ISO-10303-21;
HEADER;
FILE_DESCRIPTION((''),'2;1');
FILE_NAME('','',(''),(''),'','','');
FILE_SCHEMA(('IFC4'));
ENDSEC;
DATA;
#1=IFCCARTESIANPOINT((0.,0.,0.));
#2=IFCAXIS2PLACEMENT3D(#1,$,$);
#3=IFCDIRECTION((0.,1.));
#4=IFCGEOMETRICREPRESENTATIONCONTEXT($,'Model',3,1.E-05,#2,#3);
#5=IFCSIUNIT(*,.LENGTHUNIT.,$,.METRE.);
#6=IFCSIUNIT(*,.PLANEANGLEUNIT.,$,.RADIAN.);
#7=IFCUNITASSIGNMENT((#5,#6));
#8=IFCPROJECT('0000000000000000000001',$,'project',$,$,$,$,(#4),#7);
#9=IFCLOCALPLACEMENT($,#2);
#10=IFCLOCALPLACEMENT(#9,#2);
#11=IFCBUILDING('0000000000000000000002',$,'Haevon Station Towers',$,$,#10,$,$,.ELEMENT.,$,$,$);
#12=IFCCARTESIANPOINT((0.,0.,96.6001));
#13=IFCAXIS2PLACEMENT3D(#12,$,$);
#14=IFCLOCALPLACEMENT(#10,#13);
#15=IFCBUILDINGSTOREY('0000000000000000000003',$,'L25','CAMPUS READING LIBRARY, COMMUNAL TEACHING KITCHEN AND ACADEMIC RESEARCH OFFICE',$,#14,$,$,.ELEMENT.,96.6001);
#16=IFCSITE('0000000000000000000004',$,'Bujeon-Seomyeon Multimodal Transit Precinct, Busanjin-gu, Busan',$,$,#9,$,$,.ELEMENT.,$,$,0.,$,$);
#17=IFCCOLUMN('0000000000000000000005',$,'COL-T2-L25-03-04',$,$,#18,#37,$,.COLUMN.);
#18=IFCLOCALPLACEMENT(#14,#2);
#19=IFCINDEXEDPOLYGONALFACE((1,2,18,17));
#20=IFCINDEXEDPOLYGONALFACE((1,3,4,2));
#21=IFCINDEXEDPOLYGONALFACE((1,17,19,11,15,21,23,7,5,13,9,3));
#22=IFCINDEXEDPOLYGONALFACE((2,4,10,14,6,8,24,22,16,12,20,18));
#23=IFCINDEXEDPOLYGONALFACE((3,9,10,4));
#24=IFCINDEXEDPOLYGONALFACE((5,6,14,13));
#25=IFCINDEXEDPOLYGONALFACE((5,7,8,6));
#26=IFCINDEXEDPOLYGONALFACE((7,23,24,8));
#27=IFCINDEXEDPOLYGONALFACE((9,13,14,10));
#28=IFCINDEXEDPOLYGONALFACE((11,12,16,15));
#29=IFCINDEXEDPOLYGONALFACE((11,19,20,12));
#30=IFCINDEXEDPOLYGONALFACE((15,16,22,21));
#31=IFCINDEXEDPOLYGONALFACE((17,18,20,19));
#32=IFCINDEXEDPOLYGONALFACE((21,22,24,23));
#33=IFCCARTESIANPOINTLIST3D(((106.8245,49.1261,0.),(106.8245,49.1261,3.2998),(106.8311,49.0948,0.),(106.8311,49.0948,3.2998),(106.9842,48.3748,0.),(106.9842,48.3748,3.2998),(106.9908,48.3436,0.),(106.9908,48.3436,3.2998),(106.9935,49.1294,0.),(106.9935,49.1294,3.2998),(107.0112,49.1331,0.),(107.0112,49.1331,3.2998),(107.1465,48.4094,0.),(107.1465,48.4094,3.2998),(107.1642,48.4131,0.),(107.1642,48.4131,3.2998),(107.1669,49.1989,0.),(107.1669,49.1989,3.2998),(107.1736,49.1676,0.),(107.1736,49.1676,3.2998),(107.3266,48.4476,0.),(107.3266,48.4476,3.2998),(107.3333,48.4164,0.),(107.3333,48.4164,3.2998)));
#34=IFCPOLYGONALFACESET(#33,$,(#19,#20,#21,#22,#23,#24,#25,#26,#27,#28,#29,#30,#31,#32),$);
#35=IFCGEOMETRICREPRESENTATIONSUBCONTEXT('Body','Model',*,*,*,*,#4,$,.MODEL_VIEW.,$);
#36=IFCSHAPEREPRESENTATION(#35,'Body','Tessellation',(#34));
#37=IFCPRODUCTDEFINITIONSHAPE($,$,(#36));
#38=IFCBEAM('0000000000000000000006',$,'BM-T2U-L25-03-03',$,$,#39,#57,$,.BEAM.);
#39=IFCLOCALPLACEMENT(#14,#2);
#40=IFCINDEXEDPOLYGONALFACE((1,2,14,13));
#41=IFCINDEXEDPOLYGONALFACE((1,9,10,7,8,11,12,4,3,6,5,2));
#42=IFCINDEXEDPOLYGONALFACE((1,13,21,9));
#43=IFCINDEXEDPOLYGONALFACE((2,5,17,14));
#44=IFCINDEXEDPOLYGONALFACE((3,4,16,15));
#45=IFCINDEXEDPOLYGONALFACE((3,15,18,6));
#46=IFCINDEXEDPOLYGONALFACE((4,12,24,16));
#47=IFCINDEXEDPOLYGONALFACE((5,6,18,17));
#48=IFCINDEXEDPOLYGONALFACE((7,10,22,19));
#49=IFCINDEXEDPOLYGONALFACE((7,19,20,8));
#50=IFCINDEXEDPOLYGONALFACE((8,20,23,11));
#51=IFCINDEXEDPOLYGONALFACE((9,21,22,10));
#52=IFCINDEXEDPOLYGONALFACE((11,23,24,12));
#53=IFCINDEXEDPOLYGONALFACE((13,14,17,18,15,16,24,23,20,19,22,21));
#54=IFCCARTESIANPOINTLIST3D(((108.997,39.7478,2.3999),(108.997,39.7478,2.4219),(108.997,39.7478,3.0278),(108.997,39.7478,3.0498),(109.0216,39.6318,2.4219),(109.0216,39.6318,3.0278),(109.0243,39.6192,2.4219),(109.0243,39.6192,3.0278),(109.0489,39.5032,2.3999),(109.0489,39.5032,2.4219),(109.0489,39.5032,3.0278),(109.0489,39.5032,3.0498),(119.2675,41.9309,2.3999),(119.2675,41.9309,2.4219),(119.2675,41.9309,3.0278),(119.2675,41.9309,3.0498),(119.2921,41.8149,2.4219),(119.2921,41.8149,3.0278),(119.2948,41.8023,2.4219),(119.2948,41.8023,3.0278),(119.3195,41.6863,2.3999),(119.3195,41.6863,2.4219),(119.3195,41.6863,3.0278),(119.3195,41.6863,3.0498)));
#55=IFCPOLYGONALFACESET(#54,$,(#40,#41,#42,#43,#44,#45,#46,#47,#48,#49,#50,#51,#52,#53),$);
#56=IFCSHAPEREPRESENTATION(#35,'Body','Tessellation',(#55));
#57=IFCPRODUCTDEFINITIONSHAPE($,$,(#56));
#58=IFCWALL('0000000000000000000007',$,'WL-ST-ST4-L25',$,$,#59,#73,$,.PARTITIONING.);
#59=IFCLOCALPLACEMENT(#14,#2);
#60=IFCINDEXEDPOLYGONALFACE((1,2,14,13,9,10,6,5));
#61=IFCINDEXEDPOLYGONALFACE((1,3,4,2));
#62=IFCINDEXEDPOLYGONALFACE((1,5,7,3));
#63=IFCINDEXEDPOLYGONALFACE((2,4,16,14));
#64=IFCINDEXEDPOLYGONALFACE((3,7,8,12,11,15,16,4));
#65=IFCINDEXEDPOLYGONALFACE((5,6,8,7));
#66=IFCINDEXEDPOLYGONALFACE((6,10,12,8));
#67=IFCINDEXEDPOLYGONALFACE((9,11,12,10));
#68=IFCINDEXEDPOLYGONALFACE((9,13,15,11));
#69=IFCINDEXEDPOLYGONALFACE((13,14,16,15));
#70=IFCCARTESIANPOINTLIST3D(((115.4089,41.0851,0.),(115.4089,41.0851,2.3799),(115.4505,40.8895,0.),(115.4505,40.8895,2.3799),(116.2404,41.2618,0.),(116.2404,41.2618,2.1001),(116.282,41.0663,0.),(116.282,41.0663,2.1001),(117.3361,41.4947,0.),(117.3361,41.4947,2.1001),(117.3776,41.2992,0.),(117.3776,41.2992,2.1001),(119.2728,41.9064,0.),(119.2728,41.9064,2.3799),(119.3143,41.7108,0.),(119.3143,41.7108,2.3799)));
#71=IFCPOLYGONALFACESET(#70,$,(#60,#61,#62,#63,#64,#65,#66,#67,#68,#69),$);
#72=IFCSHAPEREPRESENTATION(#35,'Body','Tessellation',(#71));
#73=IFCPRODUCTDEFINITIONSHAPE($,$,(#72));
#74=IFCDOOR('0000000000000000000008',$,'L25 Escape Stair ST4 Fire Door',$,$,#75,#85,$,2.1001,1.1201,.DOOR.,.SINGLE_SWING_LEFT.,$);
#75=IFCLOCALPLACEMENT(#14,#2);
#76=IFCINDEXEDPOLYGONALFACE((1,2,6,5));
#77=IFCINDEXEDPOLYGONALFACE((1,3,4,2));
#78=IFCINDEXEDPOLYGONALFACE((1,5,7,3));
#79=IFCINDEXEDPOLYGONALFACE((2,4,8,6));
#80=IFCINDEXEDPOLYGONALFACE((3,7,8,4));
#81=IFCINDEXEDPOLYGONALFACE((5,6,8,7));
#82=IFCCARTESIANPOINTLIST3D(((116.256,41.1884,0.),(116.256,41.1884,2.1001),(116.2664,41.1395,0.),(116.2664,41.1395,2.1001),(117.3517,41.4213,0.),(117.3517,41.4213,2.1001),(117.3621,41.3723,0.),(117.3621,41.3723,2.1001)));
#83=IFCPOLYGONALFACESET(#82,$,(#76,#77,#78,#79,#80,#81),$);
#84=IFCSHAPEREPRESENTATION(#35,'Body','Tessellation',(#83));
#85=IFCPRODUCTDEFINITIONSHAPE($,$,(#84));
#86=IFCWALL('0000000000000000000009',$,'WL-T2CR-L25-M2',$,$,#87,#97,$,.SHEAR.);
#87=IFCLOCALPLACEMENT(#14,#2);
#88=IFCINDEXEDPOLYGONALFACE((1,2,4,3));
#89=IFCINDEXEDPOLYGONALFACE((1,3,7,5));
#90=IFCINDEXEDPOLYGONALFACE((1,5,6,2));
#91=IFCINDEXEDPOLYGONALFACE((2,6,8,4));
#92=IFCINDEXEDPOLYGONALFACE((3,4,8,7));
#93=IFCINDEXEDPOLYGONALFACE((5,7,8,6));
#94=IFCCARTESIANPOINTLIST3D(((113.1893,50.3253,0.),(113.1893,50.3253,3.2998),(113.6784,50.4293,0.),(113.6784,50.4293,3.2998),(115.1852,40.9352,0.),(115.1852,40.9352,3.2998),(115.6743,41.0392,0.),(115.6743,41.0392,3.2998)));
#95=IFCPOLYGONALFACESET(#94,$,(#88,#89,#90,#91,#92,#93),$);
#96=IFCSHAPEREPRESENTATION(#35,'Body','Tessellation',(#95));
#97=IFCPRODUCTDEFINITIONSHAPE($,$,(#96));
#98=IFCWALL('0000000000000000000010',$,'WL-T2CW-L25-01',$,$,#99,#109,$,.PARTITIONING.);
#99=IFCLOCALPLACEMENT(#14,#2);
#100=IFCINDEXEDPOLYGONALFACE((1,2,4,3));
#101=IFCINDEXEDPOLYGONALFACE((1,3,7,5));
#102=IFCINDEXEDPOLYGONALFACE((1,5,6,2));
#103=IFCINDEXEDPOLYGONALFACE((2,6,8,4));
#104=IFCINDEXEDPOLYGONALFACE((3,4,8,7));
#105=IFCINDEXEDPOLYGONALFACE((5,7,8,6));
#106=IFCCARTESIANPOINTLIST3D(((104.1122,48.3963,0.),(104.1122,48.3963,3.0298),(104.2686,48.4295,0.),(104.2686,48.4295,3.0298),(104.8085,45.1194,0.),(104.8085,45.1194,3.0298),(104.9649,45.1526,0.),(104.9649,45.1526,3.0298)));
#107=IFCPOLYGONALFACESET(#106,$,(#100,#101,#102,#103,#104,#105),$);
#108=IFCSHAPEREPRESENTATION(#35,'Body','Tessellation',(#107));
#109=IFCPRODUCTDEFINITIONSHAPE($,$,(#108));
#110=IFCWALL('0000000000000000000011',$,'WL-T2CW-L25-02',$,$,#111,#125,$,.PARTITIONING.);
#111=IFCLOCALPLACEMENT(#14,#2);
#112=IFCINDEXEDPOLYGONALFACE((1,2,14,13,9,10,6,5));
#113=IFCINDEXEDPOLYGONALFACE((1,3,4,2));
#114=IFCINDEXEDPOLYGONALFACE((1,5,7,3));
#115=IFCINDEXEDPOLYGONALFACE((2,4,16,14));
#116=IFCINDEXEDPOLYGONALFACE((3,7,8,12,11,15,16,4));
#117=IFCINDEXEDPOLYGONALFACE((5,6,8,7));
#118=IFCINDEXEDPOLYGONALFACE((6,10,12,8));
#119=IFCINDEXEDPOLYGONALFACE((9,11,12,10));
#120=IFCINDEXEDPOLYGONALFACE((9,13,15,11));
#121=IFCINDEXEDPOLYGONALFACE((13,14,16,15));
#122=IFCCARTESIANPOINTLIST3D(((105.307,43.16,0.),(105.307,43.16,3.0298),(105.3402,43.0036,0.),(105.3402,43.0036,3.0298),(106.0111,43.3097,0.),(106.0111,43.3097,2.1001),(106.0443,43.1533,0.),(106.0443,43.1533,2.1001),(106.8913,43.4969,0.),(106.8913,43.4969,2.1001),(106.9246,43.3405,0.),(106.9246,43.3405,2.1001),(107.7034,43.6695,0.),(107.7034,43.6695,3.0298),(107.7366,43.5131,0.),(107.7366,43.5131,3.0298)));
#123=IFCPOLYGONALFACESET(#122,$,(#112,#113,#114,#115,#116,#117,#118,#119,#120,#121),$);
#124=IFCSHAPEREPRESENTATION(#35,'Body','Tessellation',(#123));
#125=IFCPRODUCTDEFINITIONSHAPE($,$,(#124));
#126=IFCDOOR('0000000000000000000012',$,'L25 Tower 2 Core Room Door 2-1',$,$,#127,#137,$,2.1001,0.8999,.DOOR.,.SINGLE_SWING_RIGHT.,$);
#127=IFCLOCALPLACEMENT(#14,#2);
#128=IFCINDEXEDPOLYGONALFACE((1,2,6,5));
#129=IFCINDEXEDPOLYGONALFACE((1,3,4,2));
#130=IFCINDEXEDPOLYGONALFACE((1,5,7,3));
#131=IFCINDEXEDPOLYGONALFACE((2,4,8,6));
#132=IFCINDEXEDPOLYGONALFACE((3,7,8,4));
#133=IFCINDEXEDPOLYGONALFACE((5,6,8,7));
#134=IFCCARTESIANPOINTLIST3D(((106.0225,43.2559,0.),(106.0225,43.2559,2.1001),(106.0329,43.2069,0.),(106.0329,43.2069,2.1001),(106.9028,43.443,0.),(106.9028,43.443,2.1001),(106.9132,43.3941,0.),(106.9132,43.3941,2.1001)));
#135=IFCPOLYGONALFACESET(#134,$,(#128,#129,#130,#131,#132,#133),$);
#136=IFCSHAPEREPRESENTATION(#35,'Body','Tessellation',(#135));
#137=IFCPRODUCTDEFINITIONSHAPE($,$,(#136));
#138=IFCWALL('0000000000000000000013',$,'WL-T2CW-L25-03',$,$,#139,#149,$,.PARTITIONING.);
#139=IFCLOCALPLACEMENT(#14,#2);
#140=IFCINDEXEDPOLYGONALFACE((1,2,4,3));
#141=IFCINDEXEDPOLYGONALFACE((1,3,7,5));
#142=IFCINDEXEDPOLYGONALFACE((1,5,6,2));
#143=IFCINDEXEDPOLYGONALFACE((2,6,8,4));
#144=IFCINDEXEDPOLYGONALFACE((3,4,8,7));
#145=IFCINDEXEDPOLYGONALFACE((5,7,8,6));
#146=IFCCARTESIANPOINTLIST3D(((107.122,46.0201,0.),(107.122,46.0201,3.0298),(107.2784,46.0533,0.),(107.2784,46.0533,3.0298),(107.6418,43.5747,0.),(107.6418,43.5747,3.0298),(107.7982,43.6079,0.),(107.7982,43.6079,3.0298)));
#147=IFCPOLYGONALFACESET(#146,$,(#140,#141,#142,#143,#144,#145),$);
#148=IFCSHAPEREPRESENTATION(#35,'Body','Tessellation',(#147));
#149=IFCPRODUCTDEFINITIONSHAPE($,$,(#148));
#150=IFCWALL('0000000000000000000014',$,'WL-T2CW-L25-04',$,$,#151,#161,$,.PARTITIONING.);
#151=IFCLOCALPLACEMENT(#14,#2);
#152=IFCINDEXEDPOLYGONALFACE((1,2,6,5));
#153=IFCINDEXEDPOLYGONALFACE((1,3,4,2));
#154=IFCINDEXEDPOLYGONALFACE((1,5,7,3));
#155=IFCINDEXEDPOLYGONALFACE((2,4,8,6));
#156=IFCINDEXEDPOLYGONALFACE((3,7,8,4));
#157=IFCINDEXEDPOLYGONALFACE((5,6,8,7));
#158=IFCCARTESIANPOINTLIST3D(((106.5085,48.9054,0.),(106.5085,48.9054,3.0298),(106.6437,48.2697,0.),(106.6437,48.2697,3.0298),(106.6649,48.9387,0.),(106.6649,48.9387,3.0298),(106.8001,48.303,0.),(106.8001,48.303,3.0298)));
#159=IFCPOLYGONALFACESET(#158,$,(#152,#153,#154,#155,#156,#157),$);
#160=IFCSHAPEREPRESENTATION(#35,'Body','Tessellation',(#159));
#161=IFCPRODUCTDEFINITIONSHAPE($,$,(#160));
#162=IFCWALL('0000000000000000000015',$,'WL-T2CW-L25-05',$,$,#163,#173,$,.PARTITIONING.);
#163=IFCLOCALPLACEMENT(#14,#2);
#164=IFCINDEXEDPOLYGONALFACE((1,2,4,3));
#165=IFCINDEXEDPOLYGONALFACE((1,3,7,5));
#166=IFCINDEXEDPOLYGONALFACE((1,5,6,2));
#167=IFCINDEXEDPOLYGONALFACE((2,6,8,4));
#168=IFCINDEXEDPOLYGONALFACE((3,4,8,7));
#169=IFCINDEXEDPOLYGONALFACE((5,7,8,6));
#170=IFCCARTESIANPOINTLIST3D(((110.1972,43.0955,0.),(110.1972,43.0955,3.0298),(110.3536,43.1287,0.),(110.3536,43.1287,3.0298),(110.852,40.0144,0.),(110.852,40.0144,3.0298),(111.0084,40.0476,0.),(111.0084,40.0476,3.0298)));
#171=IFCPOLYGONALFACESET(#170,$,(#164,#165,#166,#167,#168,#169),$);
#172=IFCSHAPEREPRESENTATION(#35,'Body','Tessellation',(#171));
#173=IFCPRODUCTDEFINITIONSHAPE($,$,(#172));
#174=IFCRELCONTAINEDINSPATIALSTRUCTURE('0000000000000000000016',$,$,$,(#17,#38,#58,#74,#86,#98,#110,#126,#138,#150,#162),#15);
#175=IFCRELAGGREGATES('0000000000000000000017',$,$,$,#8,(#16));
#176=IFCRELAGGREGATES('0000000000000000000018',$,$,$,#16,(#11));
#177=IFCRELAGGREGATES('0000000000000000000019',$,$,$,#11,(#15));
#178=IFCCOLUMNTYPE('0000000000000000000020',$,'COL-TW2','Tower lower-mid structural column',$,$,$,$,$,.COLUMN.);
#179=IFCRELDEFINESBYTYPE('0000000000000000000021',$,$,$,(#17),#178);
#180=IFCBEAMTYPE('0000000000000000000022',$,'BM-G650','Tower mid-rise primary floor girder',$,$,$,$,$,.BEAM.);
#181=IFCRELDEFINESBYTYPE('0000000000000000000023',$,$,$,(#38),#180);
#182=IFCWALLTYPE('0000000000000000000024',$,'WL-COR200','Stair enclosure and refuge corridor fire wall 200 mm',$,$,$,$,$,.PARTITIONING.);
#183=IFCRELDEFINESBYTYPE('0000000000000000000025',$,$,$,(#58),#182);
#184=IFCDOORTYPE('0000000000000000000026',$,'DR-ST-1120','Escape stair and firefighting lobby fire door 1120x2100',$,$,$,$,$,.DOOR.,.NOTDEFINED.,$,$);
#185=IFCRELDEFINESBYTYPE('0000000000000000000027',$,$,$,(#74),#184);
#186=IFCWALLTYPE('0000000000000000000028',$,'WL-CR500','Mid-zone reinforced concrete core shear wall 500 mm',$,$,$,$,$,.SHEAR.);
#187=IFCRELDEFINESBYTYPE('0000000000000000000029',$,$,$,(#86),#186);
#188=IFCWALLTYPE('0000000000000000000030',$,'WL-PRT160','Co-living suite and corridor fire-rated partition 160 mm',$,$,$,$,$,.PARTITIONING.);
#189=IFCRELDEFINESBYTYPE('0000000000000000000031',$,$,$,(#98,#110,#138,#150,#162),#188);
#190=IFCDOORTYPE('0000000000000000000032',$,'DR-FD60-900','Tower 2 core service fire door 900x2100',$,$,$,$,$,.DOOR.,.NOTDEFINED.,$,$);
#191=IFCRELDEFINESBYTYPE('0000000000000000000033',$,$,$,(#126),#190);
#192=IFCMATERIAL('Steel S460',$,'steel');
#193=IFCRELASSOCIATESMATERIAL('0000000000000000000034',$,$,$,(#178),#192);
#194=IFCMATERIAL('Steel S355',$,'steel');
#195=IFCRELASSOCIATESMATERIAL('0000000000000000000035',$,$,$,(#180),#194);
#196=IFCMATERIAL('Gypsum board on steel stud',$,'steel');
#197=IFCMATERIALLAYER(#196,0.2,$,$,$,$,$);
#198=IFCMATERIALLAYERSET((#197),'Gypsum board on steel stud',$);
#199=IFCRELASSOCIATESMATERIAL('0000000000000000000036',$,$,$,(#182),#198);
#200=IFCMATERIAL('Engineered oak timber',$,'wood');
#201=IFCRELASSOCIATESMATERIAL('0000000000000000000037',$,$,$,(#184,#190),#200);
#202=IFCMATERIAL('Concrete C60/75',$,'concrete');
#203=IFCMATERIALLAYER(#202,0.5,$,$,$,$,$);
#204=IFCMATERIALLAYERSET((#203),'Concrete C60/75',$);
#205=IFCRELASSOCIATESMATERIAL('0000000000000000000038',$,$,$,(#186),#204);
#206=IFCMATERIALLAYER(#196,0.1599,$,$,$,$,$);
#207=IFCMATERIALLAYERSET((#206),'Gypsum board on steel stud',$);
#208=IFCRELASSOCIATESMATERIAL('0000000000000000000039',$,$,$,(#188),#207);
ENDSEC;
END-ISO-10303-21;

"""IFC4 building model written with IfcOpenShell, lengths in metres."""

from ifc_helpers import new_model, si_unit, direction, frame, frame_2d, origin, origin_2d, place, context, subcontext, project, spatial, rectangle, i_section, extrude, material, layer, layer_set, material_profile, profile_set, type_object, element, fill, save


model = new_model("IFC4")

# Units and contexts
model_context = context("Model", 3, precision=1e-05, world=origin(), true_north=direction((0.0, 1.0)))
body_context = subcontext(model_context, "Body", "Model", "MODEL_VIEW")
ifc_project = project(units=[si_unit("LENGTHUNIT", "METRE"), si_unit("PLANEANGLEUNIT", "RADIAN")], contexts=[model_context])

# Site, building, storey
site_placement = place(None, origin())
site = spatial("IfcSite", under=ifc_project, at=site_placement, Name="Bujeon-Seomyeon Multimodal Transit Precinct, Busanjin-gu, Busan", CompositionType="ELEMENT", RefElevation=0.0)
building_placement = place(site_placement, origin())
building = spatial("IfcBuilding", under=site, at=building_placement, Name="Haevon Station Towers", CompositionType="ELEMENT")
storey_placement = place(building_placement, frame((0.0, 0.0, 96.6001)))
storey = spatial("IfcBuildingStorey", under=building, at=storey_placement, Name="L25", Description="CAMPUS READING LIBRARY, COMMUNAL TEACHING KITCHEN AND ACADEMIC RESEARCH OFFICE", CompositionType="ELEMENT", Elevation=96.6001)

# Column
ifc_material_1 = material(Name="Steel S460", Category="steel")
ifc_material_profile_1 = material_profile(ifc_material_1, i_section(OverallWidth=0.3501, OverallDepth=0.8, WebThickness=0.0181, FlangeThickness=0.032, at=origin_2d()), Name="H-800x350x18x32")
ifc_profile_set_1 = profile_set([ifc_material_profile_1], Name="Steel S460")
column_type = type_object("IfcColumnType", Name="COL-TW2", Description="Tower lower-mid structural column", PredefinedType="COLUMN", material=ifc_profile_set_1)
column_placement = place(storey_placement, frame((107.0789, 48.7712, 0.0), z_axis=(0.0, 0.0, 1.0), x_axis=(0.978148, 0.207912, 0.0)))
element("IfcColumn", 1, at=column_placement, inside=storey, type_object=column_type, Name="COL-T2-L25-03-04", PredefinedType="COLUMN", context=body_context, shape_type="SweptSolid", body=[
    extrude(i_section(OverallWidth=0.3501, OverallDepth=0.8, WebThickness=0.0181, FlangeThickness=0.032, at=origin_2d()), origin(), (0.0, 0.0, 1.0), 3.2998),
])

# Beam
ifc_material_2 = material(Name="Steel S355", Category="steel")
ifc_material_profile_2 = material_profile(ifc_material_2, i_section(OverallWidth=0.25, OverallDepth=0.6499, WebThickness=0.0129, FlangeThickness=0.022, at=origin_2d()), Name="H-650x250x13x22")
ifc_profile_set_2 = profile_set([ifc_material_profile_2], Name="Steel S355")
beam_type = type_object("IfcBeamType", Name="BM-G650", Description="Tower mid-rise primary floor girder", PredefinedType="BEAM", material=ifc_profile_set_2)
beam_placement = place(storey_placement, frame((109.0229, 39.6255, 2.7249), z_axis=(0.978147, 0.207915, 0.0), x_axis=(-0.207915, 0.978147, 0.0)))
element("IfcBeam", 2, at=beam_placement, inside=storey, type_object=beam_type, Name="BM-T2U-L25-03-03", PredefinedType="BEAM", context=body_context, shape_type="SweptSolid", body=[
    extrude(i_section(OverallWidth=0.25, OverallDepth=0.6499, WebThickness=0.0129, FlangeThickness=0.022, at=origin_2d()), origin(), (0.0, 0.0, 1.0), 10.5),
])

# Wall, opening, door
ifc_material_3 = material(Name="Gypsum board on steel stud", Category="steel")
ifc_layer_1 = layer(ifc_material_3, 0.2)
ifc_layer_set_1 = layer_set([ifc_layer_1], Name="Gypsum board on steel stud")
wall_type_1 = type_object("IfcWallType", Name="WL-COR200", Description="Stair enclosure and refuge corridor fire wall 200 mm", PredefinedType="PARTITIONING", material=ifc_layer_set_1)
wall_1_placement = place(storey_placement, frame((115.4297, 40.9873, 0.0), z_axis=(0.0, 0.0, 1.0), x_axis=(0.978147, 0.207916, 0.0)))
wall_1 = element("IfcWall", 3, at=wall_1_placement, inside=storey, type_object=wall_type_1, Name="WL-ST-ST4-L25", PredefinedType="PARTITIONING", context=body_context, shape_type="SweptSolid", body=[
    extrude(rectangle(XDim=3.9502, YDim=0.2, at=frame_2d((1.9751, 0.0))), origin(), (0.0, 0.0, 1.0), 2.3799),
])
opening_1_placement = place(wall_1_placement, frame((0.8501, 0.0, 0.0)))
opening_1 = element("IfcOpeningElement", 4, at=opening_1_placement, cuts=wall_1, PredefinedType="OPENING", context=body_context, shape_type="SweptSolid", body=[
    extrude(rectangle(XDim=1.1201, YDim=2.1001, at=frame_2d((0.5601, 1.05))), frame((0.0, 0.1099, 0.0), z_axis=(0.0, -1.0, 0.0), x_axis=(1.0, 0.0, 0.0)), (0.0, 0.0, 1.0), 0.22),
])
ifc_material_4 = material(Name="Engineered oak timber", Category="wood")
door_type_1 = type_object("IfcDoorType", Name="DR-ST-1120", Description="Escape stair and firefighting lobby fire door 1120x2100", OperationType="NOTDEFINED", PredefinedType="DOOR", material=ifc_material_4)
door_1_placement = place(opening_1_placement, origin())
door_1 = element("IfcDoor", 5, at=door_1_placement, inside=storey, type_object=door_type_1, Name="L25 Escape Stair ST4 Fire Door", OperationType="SINGLE_SWING_LEFT", OverallHeight=2.1001, OverallWidth=1.1201, PredefinedType="DOOR", context=body_context, shape_type="SweptSolid", body=[
    extrude(rectangle(XDim=1.1201, YDim=2.1001, at=frame_2d((0.5601, 1.05))), frame((0.0, 0.0249, 0.0), z_axis=(0.0, -1.0, 0.0), x_axis=(1.0, 0.0, 0.0)), (0.0, 0.0, 1.0), 0.05),
])
fill(opening_1, door_1)

# Walls
ifc_material_5 = material(Name="Concrete C60/75", Category="concrete")
ifc_layer_2 = layer(ifc_material_5, 0.5)
ifc_layer_set_2 = layer_set([ifc_layer_2], Name="Concrete C60/75")
wall_type_2 = type_object("IfcWallType", Name="WL-CR500", Description="Mid-zone reinforced concrete core shear wall 500 mm", PredefinedType="SHEAR", material=ifc_layer_set_2)
wall_2_placement = place(storey_placement, frame((115.4297, 40.9873, 0.0), z_axis=(0.0, 0.0, 1.0), x_axis=(-0.207903, 0.978149, 0.0)))
element("IfcWall", 6, at=wall_2_placement, inside=storey, type_object=wall_type_2, Name="WL-T2CR-L25-M2", PredefinedType="SHEAR", context=body_context, shape_type="SweptSolid", body=[
    extrude(rectangle(XDim=9.5999, YDim=0.5, at=frame_2d((4.7998, 0.0))), origin(), (0.0, 0.0, 1.0), 3.2998),
])
ifc_layer_3 = layer(ifc_material_3, 0.1599)
ifc_layer_set_3 = layer_set([ifc_layer_3], Name="Gypsum board on steel stud")
wall_type_3 = type_object("IfcWallType", Name="WL-PRT160", Description="Co-living suite and corridor fire-rated partition 160 mm", PredefinedType="PARTITIONING", material=ifc_layer_set_3)
wall_3_placement = place(storey_placement, frame((104.8867, 45.136, 0.0), z_axis=(0.0, 0.0, 1.0), x_axis=(-0.207847, 0.978161, 0.0)))
element("IfcWall", 7, at=wall_3_placement, inside=storey, type_object=wall_type_3, Name="WL-T2CW-L25-01", PredefinedType="PARTITIONING", context=body_context, shape_type="SweptSolid", body=[
    extrude(rectangle(XDim=3.3501, YDim=0.1599, at=frame_2d((1.675, 0.0))), origin(), (0.0, 0.0, 1.0), 3.0298),
])

# Wall, opening, door
wall_4_placement = place(storey_placement, frame((105.3235, 43.0818, 0.0), z_axis=(0.0, 0.0, 1.0), x_axis=(0.978137, 0.207964, 0.0)))
wall_4 = element("IfcWall", 8, at=wall_4_placement, inside=storey, type_object=wall_type_3, Name="WL-T2CW-L25-02", PredefinedType="PARTITIONING", context=body_context, shape_type="SweptSolid", body=[
    extrude(rectangle(XDim=2.45, YDim=0.1599, at=frame_2d((1.2251, 0.0))), origin(), (0.0, 0.0, 1.0), 3.0298),
])
opening_2_placement = place(wall_4_placement, frame((0.72, 0.0, 0.0)))
opening_2 = element("IfcOpeningElement", 9, at=opening_2_placement, cuts=wall_4, PredefinedType="OPENING", context=body_context, shape_type="SweptSolid", body=[
    extrude(rectangle(XDim=0.8999, YDim=2.1001, at=frame_2d((0.45, 1.05))), frame((0.0, 0.0898, 0.0), z_axis=(0.0, -1.0, 0.0), x_axis=(1.0, 0.0, 0.0)), (0.0, 0.0, 1.0), 0.1799),
])
door_type_2 = type_object("IfcDoorType", Name="DR-FD60-900", Description="Tower 2 core service fire door 900x2100", OperationType="NOTDEFINED", PredefinedType="DOOR", material=ifc_material_4)
door_2_placement = place(opening_2_placement, origin())
door_2 = element("IfcDoor", 10, at=door_2_placement, inside=storey, type_object=door_type_2, Name="L25 Tower 2 Core Room Door 2-1", OperationType="SINGLE_SWING_RIGHT", OverallHeight=2.1001, OverallWidth=0.8999, PredefinedType="DOOR", context=body_context, shape_type="SweptSolid", body=[
    extrude(rectangle(XDim=0.8999, YDim=2.1001, at=frame_2d((0.45, 1.05))), frame((0.0, 0.0249, 0.0), z_axis=(0.0, -1.0, 0.0), x_axis=(1.0, 0.0, 0.0)), (0.0, 0.0, 1.0), 0.05),
])
fill(opening_2, door_2)

# Walls
wall_5_placement = place(storey_placement, frame((107.72, 43.5913, 0.0), z_axis=(0.0, 0.0, 1.0), x_axis=(-0.207915, 0.978147, 0.0)))
element("IfcWall", 11, at=wall_5_placement, inside=storey, type_object=wall_type_3, Name="WL-T2CW-L25-03", PredefinedType="PARTITIONING", context=body_context, shape_type="SweptSolid", body=[
    extrude(rectangle(XDim=2.5, YDim=0.1599, at=frame_2d((1.25, 0.0))), origin(), (0.0, 0.0, 1.0), 3.0298),
])
wall_6_placement = place(storey_placement, frame((106.7219, 48.2864, 0.0), z_axis=(0.0, 0.0, 1.0), x_axis=(-0.208092, 0.978109, 0.0)))
element("IfcWall", 12, at=wall_6_placement, inside=storey, type_object=wall_type_3, Name="WL-T2CW-L25-04", PredefinedType="PARTITIONING", context=body_context, shape_type="SweptSolid", body=[
    extrude(rectangle(XDim=0.6499, YDim=0.1599, at=frame_2d((0.325, 0.0))), origin(), (0.0, 0.0, 1.0), 3.0298),
])
wall_7_placement = place(storey_placement, frame((110.9302, 40.031, 0.0), z_axis=(0.0, 0.0, 1.0), x_axis=(-0.207877, 0.978155, 0.0)))
element("IfcWall", 13, at=wall_7_placement, inside=storey, type_object=wall_type_3, Name="WL-T2CW-L25-05", PredefinedType="PARTITIONING", context=body_context, shape_type="SweptSolid", body=[
    extrude(rectangle(XDim=3.1499, YDim=0.1599, at=frame_2d((1.575, 0.0))), origin(), (0.0, 0.0, 1.0), 3.0298),
])

save(model, "model.ifc")
